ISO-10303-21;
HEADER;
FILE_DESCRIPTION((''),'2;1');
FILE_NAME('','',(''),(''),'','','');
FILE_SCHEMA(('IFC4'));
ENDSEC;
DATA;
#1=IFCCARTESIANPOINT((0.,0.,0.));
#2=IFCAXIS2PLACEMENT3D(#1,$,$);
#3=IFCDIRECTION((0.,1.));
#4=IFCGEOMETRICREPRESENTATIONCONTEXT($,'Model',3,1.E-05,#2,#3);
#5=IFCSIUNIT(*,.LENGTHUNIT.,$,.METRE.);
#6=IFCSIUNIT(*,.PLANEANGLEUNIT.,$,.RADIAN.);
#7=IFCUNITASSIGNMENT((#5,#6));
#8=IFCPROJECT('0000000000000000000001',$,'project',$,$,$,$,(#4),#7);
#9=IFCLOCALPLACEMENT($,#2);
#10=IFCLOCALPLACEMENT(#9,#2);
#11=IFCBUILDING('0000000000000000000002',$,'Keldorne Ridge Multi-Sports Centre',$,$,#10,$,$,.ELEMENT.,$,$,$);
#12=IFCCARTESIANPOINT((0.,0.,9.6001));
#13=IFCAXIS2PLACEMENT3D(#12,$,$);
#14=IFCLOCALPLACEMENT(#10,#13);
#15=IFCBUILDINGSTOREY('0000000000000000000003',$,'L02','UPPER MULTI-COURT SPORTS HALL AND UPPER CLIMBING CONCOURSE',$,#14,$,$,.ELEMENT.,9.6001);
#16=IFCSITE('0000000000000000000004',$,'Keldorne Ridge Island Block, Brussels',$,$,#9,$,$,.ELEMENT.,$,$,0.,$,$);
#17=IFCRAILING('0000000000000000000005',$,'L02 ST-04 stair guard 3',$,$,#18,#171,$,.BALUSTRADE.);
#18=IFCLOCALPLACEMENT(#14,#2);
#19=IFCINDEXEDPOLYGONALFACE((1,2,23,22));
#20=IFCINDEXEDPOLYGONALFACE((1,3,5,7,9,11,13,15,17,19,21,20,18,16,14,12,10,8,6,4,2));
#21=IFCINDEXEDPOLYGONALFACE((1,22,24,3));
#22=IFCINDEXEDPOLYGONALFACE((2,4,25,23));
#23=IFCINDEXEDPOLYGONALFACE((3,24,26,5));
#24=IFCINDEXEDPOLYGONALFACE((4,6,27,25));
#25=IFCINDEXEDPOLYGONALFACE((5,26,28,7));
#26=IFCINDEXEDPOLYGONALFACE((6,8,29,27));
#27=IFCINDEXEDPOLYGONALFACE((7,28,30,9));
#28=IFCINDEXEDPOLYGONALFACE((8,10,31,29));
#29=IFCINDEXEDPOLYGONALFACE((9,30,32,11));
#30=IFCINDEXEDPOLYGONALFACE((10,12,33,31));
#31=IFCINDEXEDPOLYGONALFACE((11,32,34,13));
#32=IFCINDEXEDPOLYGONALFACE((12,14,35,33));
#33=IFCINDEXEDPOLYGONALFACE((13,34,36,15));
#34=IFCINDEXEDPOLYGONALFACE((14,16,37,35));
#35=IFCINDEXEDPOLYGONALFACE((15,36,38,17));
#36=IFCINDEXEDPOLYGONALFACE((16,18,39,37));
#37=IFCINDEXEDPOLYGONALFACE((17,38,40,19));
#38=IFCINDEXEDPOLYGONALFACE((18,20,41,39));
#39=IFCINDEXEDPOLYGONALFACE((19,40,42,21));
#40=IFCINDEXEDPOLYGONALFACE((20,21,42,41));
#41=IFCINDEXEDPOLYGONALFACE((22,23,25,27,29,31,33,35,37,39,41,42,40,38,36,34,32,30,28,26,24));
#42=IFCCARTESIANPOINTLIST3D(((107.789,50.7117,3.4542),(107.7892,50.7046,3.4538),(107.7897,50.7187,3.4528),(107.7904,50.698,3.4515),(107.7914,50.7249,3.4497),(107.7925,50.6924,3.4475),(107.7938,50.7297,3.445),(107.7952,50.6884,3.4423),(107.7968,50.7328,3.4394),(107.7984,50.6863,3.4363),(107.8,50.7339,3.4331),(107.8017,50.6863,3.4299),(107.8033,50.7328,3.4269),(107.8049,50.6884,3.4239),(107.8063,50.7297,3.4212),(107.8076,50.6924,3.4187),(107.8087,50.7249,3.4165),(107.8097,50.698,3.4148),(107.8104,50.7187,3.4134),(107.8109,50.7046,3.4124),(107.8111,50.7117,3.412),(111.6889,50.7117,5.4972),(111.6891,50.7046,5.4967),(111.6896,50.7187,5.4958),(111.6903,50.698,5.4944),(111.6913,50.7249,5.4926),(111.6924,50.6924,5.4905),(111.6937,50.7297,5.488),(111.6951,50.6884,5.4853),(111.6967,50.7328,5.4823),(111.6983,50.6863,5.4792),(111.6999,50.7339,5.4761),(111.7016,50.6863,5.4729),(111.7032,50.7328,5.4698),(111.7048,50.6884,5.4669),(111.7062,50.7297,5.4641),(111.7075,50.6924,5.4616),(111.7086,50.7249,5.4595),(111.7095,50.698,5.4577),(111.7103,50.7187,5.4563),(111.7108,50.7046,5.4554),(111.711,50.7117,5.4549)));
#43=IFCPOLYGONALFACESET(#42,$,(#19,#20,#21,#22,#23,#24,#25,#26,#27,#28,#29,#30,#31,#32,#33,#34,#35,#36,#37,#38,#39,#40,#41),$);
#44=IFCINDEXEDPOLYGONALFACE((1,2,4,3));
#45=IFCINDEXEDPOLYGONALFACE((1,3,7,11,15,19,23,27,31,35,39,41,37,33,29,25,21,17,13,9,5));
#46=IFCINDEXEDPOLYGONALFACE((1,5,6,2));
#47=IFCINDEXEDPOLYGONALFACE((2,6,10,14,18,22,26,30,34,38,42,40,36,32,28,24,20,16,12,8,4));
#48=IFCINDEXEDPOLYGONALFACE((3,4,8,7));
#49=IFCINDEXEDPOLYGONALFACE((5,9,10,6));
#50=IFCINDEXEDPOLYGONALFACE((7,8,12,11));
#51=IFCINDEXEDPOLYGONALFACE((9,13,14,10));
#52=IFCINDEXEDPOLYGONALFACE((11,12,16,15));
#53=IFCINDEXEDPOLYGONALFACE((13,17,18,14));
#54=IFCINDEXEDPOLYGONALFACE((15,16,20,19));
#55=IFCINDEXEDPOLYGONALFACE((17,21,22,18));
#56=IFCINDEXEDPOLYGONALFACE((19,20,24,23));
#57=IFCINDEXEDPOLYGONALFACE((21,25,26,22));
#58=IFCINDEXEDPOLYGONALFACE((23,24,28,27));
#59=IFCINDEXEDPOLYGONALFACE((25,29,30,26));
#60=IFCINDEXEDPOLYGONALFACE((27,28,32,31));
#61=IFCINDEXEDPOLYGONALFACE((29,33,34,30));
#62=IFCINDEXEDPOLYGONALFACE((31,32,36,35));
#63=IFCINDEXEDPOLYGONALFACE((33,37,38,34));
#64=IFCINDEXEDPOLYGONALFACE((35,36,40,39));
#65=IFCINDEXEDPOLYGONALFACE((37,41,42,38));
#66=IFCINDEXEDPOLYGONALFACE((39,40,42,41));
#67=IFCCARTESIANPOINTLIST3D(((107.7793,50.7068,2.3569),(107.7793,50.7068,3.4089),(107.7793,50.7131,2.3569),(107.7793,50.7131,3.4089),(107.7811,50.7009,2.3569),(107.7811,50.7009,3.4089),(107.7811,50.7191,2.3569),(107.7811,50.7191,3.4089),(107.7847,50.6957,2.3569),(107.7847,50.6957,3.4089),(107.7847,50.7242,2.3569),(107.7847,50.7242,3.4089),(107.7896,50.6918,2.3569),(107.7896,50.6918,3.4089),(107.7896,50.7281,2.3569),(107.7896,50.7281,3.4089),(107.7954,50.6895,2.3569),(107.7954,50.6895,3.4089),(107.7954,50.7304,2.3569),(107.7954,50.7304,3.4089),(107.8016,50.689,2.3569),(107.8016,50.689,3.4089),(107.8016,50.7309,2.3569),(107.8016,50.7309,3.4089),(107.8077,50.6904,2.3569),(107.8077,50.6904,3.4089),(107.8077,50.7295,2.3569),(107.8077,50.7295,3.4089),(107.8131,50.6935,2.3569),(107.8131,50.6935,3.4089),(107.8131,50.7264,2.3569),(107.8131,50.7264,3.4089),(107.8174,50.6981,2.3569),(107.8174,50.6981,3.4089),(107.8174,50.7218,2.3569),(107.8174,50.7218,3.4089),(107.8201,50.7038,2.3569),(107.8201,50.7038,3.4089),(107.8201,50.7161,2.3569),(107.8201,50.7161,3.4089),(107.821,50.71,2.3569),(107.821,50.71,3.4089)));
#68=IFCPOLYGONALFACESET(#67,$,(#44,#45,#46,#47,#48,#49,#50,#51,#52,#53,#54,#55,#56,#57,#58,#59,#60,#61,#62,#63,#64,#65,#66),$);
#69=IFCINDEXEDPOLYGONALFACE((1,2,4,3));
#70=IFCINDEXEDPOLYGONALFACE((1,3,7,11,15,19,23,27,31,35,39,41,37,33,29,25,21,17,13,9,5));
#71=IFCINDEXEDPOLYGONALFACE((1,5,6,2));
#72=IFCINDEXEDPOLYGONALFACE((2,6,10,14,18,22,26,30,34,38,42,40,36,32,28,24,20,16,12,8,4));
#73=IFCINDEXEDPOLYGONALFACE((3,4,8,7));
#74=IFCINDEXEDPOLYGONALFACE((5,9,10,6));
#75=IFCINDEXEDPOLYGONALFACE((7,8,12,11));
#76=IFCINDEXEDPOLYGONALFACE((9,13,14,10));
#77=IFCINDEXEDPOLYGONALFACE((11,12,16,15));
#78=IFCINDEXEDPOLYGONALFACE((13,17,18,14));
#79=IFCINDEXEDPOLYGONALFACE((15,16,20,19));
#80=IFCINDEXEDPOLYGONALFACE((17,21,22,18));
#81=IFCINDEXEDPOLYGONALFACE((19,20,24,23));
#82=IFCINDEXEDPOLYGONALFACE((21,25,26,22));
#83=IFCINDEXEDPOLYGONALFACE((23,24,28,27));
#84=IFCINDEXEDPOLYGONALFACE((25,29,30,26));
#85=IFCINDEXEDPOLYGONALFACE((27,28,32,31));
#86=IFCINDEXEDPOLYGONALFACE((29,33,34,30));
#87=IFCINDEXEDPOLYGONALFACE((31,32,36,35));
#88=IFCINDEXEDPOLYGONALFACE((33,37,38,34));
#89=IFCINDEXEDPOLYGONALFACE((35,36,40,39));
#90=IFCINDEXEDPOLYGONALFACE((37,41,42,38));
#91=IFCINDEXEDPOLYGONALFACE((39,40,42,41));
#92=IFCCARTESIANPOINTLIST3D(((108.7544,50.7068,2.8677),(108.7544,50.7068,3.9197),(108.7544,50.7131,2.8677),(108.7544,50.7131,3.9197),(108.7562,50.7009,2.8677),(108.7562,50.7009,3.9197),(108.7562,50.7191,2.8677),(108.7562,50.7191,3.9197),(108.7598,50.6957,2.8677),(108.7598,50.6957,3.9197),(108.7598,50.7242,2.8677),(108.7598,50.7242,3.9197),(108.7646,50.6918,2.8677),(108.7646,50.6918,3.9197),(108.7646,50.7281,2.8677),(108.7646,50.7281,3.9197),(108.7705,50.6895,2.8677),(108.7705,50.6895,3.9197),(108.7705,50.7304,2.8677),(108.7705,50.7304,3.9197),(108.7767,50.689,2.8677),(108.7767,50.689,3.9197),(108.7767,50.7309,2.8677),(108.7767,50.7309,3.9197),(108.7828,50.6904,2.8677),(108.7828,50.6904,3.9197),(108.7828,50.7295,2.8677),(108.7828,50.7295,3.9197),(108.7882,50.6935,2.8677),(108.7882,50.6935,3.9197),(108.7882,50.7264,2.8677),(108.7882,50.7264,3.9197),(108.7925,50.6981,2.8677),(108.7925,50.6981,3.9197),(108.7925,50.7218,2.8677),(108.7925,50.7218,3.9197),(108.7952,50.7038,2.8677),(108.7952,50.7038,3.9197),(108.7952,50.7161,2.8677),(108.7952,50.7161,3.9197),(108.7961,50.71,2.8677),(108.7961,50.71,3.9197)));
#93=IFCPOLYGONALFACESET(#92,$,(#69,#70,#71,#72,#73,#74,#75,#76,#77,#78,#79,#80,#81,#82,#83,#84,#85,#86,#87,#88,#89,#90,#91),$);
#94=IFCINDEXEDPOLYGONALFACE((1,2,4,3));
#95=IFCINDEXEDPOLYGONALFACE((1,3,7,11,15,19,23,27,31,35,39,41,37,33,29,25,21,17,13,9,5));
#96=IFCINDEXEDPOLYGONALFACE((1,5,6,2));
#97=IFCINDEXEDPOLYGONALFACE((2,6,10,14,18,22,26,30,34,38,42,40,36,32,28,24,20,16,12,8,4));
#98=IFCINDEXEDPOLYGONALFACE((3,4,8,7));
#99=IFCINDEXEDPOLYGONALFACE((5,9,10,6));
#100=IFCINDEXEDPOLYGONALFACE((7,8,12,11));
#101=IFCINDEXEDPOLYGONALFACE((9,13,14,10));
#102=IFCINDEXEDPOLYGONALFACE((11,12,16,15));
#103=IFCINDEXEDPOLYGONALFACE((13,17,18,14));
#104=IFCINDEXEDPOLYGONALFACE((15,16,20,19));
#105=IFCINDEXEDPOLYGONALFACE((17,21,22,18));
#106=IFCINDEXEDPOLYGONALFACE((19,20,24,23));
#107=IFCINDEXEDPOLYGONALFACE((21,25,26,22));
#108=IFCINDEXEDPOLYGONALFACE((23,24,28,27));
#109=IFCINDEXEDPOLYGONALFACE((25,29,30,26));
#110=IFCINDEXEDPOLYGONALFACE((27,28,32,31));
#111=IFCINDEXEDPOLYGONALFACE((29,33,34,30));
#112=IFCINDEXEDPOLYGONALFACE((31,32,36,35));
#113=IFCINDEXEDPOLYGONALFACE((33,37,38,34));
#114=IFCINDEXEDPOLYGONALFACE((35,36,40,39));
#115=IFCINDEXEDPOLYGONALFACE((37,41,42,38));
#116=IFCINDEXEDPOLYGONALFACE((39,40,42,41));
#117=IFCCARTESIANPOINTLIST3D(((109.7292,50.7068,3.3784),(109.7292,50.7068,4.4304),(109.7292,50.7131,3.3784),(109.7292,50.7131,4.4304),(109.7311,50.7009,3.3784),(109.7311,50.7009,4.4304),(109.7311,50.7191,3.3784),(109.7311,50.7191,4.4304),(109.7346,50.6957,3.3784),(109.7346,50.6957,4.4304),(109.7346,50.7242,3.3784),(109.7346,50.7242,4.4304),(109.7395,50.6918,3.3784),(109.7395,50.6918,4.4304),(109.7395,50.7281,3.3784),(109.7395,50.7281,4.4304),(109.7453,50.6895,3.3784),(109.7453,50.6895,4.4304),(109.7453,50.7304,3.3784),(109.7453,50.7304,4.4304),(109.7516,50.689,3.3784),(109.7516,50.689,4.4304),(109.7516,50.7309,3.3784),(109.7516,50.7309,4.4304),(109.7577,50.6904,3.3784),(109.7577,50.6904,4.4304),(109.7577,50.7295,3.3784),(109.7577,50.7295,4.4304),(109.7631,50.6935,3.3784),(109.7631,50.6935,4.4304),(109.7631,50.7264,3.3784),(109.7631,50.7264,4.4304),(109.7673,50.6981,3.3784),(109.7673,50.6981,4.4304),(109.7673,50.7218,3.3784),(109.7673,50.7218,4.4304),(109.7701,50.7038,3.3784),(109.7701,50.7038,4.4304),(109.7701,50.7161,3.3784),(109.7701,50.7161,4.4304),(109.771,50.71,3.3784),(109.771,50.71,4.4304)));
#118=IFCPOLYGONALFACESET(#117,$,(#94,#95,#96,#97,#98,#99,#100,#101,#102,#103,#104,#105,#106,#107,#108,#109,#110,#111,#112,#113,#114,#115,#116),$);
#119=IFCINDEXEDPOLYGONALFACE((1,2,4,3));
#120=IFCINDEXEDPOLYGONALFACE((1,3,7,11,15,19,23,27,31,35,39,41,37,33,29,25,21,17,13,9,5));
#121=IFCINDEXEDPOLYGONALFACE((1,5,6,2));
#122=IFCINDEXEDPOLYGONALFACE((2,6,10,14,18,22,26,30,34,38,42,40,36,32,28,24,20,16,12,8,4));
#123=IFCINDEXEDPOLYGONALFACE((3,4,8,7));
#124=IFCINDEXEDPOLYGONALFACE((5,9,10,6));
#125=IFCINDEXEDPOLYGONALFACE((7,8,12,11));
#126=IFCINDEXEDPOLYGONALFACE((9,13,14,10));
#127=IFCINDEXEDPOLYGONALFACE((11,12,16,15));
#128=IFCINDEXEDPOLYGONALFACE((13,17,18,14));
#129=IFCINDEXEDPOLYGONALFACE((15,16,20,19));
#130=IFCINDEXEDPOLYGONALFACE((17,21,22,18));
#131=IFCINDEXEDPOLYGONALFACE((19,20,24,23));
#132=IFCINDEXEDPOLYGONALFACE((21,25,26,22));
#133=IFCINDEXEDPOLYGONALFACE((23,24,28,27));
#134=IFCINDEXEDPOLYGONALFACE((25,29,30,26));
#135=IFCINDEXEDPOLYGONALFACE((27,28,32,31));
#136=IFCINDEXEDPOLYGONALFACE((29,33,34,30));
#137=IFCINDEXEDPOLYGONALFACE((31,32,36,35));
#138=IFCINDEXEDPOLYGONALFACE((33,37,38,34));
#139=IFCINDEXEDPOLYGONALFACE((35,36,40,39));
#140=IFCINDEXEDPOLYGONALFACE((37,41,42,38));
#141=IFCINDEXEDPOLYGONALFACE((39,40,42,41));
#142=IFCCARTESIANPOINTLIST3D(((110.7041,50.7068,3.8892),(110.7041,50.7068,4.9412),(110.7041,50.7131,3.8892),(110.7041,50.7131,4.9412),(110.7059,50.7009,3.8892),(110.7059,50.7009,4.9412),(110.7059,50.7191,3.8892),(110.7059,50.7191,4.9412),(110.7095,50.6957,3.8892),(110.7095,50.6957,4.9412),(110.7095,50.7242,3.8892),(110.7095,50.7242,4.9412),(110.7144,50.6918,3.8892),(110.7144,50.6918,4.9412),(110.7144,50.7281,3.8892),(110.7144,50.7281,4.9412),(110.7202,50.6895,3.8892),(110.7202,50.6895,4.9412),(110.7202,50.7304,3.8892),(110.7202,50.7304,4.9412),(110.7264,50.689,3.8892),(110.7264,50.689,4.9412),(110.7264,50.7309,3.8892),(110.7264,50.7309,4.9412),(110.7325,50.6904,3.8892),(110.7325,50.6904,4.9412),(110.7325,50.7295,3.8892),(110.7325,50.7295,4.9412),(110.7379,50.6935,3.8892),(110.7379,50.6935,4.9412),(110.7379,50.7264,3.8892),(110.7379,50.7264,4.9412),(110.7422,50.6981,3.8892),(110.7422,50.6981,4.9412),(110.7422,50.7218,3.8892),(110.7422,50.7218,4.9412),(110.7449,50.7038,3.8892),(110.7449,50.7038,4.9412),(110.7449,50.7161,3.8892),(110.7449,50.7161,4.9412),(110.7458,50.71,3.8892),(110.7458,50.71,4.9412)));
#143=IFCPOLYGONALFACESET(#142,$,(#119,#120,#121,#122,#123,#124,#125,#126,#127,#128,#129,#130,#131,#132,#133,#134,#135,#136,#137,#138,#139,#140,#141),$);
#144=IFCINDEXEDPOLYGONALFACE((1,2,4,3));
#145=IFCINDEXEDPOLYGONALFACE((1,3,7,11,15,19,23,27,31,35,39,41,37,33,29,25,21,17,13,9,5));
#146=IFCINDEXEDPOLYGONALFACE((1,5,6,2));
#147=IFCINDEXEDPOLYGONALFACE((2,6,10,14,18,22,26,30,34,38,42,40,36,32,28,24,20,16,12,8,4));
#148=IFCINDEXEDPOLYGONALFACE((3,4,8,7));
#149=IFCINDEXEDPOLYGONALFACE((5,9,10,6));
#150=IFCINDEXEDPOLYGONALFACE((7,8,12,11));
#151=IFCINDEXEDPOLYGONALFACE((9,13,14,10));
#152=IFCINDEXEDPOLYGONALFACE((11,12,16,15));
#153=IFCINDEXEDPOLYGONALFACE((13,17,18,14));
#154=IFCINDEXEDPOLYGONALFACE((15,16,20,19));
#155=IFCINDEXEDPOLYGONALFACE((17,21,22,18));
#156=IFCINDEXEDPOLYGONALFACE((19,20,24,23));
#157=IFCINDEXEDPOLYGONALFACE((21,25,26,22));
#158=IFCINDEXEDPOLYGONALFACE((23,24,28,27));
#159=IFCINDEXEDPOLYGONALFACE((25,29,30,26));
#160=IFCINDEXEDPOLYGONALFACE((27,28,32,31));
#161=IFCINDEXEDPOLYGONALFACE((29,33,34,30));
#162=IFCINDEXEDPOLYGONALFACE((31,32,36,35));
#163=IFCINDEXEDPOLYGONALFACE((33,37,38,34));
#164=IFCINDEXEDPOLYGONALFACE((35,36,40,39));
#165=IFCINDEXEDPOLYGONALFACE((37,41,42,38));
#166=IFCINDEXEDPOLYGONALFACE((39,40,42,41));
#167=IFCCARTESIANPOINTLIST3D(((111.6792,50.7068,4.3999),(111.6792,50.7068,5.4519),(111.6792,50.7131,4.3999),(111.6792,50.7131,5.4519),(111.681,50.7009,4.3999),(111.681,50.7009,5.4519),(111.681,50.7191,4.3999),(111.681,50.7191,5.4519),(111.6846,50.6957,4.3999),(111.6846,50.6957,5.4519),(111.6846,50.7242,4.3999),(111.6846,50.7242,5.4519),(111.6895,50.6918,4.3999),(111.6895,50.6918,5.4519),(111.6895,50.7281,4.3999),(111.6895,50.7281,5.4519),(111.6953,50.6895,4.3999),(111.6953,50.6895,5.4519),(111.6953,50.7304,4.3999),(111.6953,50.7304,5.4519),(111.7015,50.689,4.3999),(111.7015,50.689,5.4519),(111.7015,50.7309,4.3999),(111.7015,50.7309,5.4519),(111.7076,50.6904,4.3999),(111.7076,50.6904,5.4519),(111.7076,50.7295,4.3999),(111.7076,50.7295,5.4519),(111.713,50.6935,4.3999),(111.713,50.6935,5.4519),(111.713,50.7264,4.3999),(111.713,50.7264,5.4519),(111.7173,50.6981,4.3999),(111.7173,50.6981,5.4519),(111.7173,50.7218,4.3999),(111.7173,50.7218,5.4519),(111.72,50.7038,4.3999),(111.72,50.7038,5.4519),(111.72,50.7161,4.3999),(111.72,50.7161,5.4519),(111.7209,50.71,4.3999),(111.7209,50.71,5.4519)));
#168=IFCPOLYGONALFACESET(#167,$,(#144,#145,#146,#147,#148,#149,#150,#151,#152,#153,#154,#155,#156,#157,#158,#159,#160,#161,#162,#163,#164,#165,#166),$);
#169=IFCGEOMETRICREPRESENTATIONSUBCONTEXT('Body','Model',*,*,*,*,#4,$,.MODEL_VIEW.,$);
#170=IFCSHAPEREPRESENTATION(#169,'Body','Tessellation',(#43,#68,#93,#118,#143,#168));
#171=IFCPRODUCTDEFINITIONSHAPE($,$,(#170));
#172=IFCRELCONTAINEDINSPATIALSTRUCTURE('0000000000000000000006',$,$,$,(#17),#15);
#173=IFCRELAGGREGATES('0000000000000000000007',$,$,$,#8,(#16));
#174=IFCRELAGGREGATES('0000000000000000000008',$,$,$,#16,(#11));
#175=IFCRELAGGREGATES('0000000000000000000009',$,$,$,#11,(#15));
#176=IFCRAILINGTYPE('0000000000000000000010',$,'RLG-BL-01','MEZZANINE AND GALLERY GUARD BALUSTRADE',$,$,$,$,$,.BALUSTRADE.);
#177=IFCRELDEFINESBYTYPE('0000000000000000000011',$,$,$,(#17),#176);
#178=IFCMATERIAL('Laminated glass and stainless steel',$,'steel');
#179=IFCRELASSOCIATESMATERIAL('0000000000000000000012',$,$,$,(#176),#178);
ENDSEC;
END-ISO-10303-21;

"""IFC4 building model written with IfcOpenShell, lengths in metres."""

from ifc_helpers import new_model, si_unit, direction, frame, origin, origin_2d, place, context, subcontext, project, spatial, circle, extrude, material, type_object, element, save


model = new_model("IFC4")

# Units and contexts
model_context = context("Model", 3, precision=1e-05, world=origin(), true_north=direction((0.0, 1.0)))
body_context = subcontext(model_context, "Body", "Model", "MODEL_VIEW")
ifc_project = project(units=[si_unit("LENGTHUNIT", "METRE"), si_unit("PLANEANGLEUNIT", "RADIAN")], contexts=[model_context])

# Site, building, storey
site_placement = place(None, origin())
site = spatial("IfcSite", under=ifc_project, at=site_placement, Name="Keldorne Ridge Island Block, Brussels", CompositionType="ELEMENT", RefElevation=0.0)
building_placement = place(site_placement, origin())
building = spatial("IfcBuilding", under=site, at=building_placement, Name="Keldorne Ridge Multi-Sports Centre", CompositionType="ELEMENT")
storey_placement = place(building_placement, frame((0.0, 0.0, 9.6001)))
storey = spatial("IfcBuildingStorey", under=building, at=storey_placement, Name="L02", Description="UPPER MULTI-COURT SPORTS HALL AND UPPER CLIMBING CONCOURSE", CompositionType="ELEMENT", Elevation=9.6001)

# Railing
ifc_material_1 = material(Name="Laminated glass and stainless steel", Category="steel")
railing_type_1 = type_object("IfcRailingType", Name="RLG-BL-01", Description="MEZZANINE AND GALLERY GUARD BALUSTRADE", PredefinedType="BALUSTRADE", material=ifc_material_1)
railing_1_placement = place(storey_placement, frame((107.8, 50.71, 2.3569)))
element("IfcRailing", 1, at=railing_1_placement, inside=storey, type_object=railing_type_1, Name="L02 ST-04 stair guard 3", PredefinedType="BALUSTRADE", context=body_context, shape_type="SweptSolid", body=[
    extrude(circle(Radius=0.0239, at=origin_2d()), frame((0.0, 0.0, 1.0762), z_axis=(0.885816, 0.0, 0.464036), x_axis=(0.0, 1.0, 0.0)), (0.0, 0.0, 1.0), 4.4026),
    extrude(circle(Radius=0.021, at=origin_2d()), origin(), (0.0, 0.0, 1.0), 1.052),
    extrude(circle(Radius=0.021, at=origin_2d()), frame((0.9751, 0.0, 0.5107)), (0.0, 0.0, 1.0), 1.052),
    extrude(circle(Radius=0.021, at=origin_2d()), frame((1.95, 0.0, 1.0215)), (0.0, 0.0, 1.0), 1.052),
    extrude(circle(Radius=0.021, at=origin_2d()), frame((2.9248, 0.0, 1.5322)), (0.0, 0.0, 1.0), 1.052),
    extrude(circle(Radius=0.021, at=origin_2d()), frame((3.8999, 0.0, 2.043)), (0.0, 0.0, 1.0), 1.052),
])

save(model, "model.ifc")
